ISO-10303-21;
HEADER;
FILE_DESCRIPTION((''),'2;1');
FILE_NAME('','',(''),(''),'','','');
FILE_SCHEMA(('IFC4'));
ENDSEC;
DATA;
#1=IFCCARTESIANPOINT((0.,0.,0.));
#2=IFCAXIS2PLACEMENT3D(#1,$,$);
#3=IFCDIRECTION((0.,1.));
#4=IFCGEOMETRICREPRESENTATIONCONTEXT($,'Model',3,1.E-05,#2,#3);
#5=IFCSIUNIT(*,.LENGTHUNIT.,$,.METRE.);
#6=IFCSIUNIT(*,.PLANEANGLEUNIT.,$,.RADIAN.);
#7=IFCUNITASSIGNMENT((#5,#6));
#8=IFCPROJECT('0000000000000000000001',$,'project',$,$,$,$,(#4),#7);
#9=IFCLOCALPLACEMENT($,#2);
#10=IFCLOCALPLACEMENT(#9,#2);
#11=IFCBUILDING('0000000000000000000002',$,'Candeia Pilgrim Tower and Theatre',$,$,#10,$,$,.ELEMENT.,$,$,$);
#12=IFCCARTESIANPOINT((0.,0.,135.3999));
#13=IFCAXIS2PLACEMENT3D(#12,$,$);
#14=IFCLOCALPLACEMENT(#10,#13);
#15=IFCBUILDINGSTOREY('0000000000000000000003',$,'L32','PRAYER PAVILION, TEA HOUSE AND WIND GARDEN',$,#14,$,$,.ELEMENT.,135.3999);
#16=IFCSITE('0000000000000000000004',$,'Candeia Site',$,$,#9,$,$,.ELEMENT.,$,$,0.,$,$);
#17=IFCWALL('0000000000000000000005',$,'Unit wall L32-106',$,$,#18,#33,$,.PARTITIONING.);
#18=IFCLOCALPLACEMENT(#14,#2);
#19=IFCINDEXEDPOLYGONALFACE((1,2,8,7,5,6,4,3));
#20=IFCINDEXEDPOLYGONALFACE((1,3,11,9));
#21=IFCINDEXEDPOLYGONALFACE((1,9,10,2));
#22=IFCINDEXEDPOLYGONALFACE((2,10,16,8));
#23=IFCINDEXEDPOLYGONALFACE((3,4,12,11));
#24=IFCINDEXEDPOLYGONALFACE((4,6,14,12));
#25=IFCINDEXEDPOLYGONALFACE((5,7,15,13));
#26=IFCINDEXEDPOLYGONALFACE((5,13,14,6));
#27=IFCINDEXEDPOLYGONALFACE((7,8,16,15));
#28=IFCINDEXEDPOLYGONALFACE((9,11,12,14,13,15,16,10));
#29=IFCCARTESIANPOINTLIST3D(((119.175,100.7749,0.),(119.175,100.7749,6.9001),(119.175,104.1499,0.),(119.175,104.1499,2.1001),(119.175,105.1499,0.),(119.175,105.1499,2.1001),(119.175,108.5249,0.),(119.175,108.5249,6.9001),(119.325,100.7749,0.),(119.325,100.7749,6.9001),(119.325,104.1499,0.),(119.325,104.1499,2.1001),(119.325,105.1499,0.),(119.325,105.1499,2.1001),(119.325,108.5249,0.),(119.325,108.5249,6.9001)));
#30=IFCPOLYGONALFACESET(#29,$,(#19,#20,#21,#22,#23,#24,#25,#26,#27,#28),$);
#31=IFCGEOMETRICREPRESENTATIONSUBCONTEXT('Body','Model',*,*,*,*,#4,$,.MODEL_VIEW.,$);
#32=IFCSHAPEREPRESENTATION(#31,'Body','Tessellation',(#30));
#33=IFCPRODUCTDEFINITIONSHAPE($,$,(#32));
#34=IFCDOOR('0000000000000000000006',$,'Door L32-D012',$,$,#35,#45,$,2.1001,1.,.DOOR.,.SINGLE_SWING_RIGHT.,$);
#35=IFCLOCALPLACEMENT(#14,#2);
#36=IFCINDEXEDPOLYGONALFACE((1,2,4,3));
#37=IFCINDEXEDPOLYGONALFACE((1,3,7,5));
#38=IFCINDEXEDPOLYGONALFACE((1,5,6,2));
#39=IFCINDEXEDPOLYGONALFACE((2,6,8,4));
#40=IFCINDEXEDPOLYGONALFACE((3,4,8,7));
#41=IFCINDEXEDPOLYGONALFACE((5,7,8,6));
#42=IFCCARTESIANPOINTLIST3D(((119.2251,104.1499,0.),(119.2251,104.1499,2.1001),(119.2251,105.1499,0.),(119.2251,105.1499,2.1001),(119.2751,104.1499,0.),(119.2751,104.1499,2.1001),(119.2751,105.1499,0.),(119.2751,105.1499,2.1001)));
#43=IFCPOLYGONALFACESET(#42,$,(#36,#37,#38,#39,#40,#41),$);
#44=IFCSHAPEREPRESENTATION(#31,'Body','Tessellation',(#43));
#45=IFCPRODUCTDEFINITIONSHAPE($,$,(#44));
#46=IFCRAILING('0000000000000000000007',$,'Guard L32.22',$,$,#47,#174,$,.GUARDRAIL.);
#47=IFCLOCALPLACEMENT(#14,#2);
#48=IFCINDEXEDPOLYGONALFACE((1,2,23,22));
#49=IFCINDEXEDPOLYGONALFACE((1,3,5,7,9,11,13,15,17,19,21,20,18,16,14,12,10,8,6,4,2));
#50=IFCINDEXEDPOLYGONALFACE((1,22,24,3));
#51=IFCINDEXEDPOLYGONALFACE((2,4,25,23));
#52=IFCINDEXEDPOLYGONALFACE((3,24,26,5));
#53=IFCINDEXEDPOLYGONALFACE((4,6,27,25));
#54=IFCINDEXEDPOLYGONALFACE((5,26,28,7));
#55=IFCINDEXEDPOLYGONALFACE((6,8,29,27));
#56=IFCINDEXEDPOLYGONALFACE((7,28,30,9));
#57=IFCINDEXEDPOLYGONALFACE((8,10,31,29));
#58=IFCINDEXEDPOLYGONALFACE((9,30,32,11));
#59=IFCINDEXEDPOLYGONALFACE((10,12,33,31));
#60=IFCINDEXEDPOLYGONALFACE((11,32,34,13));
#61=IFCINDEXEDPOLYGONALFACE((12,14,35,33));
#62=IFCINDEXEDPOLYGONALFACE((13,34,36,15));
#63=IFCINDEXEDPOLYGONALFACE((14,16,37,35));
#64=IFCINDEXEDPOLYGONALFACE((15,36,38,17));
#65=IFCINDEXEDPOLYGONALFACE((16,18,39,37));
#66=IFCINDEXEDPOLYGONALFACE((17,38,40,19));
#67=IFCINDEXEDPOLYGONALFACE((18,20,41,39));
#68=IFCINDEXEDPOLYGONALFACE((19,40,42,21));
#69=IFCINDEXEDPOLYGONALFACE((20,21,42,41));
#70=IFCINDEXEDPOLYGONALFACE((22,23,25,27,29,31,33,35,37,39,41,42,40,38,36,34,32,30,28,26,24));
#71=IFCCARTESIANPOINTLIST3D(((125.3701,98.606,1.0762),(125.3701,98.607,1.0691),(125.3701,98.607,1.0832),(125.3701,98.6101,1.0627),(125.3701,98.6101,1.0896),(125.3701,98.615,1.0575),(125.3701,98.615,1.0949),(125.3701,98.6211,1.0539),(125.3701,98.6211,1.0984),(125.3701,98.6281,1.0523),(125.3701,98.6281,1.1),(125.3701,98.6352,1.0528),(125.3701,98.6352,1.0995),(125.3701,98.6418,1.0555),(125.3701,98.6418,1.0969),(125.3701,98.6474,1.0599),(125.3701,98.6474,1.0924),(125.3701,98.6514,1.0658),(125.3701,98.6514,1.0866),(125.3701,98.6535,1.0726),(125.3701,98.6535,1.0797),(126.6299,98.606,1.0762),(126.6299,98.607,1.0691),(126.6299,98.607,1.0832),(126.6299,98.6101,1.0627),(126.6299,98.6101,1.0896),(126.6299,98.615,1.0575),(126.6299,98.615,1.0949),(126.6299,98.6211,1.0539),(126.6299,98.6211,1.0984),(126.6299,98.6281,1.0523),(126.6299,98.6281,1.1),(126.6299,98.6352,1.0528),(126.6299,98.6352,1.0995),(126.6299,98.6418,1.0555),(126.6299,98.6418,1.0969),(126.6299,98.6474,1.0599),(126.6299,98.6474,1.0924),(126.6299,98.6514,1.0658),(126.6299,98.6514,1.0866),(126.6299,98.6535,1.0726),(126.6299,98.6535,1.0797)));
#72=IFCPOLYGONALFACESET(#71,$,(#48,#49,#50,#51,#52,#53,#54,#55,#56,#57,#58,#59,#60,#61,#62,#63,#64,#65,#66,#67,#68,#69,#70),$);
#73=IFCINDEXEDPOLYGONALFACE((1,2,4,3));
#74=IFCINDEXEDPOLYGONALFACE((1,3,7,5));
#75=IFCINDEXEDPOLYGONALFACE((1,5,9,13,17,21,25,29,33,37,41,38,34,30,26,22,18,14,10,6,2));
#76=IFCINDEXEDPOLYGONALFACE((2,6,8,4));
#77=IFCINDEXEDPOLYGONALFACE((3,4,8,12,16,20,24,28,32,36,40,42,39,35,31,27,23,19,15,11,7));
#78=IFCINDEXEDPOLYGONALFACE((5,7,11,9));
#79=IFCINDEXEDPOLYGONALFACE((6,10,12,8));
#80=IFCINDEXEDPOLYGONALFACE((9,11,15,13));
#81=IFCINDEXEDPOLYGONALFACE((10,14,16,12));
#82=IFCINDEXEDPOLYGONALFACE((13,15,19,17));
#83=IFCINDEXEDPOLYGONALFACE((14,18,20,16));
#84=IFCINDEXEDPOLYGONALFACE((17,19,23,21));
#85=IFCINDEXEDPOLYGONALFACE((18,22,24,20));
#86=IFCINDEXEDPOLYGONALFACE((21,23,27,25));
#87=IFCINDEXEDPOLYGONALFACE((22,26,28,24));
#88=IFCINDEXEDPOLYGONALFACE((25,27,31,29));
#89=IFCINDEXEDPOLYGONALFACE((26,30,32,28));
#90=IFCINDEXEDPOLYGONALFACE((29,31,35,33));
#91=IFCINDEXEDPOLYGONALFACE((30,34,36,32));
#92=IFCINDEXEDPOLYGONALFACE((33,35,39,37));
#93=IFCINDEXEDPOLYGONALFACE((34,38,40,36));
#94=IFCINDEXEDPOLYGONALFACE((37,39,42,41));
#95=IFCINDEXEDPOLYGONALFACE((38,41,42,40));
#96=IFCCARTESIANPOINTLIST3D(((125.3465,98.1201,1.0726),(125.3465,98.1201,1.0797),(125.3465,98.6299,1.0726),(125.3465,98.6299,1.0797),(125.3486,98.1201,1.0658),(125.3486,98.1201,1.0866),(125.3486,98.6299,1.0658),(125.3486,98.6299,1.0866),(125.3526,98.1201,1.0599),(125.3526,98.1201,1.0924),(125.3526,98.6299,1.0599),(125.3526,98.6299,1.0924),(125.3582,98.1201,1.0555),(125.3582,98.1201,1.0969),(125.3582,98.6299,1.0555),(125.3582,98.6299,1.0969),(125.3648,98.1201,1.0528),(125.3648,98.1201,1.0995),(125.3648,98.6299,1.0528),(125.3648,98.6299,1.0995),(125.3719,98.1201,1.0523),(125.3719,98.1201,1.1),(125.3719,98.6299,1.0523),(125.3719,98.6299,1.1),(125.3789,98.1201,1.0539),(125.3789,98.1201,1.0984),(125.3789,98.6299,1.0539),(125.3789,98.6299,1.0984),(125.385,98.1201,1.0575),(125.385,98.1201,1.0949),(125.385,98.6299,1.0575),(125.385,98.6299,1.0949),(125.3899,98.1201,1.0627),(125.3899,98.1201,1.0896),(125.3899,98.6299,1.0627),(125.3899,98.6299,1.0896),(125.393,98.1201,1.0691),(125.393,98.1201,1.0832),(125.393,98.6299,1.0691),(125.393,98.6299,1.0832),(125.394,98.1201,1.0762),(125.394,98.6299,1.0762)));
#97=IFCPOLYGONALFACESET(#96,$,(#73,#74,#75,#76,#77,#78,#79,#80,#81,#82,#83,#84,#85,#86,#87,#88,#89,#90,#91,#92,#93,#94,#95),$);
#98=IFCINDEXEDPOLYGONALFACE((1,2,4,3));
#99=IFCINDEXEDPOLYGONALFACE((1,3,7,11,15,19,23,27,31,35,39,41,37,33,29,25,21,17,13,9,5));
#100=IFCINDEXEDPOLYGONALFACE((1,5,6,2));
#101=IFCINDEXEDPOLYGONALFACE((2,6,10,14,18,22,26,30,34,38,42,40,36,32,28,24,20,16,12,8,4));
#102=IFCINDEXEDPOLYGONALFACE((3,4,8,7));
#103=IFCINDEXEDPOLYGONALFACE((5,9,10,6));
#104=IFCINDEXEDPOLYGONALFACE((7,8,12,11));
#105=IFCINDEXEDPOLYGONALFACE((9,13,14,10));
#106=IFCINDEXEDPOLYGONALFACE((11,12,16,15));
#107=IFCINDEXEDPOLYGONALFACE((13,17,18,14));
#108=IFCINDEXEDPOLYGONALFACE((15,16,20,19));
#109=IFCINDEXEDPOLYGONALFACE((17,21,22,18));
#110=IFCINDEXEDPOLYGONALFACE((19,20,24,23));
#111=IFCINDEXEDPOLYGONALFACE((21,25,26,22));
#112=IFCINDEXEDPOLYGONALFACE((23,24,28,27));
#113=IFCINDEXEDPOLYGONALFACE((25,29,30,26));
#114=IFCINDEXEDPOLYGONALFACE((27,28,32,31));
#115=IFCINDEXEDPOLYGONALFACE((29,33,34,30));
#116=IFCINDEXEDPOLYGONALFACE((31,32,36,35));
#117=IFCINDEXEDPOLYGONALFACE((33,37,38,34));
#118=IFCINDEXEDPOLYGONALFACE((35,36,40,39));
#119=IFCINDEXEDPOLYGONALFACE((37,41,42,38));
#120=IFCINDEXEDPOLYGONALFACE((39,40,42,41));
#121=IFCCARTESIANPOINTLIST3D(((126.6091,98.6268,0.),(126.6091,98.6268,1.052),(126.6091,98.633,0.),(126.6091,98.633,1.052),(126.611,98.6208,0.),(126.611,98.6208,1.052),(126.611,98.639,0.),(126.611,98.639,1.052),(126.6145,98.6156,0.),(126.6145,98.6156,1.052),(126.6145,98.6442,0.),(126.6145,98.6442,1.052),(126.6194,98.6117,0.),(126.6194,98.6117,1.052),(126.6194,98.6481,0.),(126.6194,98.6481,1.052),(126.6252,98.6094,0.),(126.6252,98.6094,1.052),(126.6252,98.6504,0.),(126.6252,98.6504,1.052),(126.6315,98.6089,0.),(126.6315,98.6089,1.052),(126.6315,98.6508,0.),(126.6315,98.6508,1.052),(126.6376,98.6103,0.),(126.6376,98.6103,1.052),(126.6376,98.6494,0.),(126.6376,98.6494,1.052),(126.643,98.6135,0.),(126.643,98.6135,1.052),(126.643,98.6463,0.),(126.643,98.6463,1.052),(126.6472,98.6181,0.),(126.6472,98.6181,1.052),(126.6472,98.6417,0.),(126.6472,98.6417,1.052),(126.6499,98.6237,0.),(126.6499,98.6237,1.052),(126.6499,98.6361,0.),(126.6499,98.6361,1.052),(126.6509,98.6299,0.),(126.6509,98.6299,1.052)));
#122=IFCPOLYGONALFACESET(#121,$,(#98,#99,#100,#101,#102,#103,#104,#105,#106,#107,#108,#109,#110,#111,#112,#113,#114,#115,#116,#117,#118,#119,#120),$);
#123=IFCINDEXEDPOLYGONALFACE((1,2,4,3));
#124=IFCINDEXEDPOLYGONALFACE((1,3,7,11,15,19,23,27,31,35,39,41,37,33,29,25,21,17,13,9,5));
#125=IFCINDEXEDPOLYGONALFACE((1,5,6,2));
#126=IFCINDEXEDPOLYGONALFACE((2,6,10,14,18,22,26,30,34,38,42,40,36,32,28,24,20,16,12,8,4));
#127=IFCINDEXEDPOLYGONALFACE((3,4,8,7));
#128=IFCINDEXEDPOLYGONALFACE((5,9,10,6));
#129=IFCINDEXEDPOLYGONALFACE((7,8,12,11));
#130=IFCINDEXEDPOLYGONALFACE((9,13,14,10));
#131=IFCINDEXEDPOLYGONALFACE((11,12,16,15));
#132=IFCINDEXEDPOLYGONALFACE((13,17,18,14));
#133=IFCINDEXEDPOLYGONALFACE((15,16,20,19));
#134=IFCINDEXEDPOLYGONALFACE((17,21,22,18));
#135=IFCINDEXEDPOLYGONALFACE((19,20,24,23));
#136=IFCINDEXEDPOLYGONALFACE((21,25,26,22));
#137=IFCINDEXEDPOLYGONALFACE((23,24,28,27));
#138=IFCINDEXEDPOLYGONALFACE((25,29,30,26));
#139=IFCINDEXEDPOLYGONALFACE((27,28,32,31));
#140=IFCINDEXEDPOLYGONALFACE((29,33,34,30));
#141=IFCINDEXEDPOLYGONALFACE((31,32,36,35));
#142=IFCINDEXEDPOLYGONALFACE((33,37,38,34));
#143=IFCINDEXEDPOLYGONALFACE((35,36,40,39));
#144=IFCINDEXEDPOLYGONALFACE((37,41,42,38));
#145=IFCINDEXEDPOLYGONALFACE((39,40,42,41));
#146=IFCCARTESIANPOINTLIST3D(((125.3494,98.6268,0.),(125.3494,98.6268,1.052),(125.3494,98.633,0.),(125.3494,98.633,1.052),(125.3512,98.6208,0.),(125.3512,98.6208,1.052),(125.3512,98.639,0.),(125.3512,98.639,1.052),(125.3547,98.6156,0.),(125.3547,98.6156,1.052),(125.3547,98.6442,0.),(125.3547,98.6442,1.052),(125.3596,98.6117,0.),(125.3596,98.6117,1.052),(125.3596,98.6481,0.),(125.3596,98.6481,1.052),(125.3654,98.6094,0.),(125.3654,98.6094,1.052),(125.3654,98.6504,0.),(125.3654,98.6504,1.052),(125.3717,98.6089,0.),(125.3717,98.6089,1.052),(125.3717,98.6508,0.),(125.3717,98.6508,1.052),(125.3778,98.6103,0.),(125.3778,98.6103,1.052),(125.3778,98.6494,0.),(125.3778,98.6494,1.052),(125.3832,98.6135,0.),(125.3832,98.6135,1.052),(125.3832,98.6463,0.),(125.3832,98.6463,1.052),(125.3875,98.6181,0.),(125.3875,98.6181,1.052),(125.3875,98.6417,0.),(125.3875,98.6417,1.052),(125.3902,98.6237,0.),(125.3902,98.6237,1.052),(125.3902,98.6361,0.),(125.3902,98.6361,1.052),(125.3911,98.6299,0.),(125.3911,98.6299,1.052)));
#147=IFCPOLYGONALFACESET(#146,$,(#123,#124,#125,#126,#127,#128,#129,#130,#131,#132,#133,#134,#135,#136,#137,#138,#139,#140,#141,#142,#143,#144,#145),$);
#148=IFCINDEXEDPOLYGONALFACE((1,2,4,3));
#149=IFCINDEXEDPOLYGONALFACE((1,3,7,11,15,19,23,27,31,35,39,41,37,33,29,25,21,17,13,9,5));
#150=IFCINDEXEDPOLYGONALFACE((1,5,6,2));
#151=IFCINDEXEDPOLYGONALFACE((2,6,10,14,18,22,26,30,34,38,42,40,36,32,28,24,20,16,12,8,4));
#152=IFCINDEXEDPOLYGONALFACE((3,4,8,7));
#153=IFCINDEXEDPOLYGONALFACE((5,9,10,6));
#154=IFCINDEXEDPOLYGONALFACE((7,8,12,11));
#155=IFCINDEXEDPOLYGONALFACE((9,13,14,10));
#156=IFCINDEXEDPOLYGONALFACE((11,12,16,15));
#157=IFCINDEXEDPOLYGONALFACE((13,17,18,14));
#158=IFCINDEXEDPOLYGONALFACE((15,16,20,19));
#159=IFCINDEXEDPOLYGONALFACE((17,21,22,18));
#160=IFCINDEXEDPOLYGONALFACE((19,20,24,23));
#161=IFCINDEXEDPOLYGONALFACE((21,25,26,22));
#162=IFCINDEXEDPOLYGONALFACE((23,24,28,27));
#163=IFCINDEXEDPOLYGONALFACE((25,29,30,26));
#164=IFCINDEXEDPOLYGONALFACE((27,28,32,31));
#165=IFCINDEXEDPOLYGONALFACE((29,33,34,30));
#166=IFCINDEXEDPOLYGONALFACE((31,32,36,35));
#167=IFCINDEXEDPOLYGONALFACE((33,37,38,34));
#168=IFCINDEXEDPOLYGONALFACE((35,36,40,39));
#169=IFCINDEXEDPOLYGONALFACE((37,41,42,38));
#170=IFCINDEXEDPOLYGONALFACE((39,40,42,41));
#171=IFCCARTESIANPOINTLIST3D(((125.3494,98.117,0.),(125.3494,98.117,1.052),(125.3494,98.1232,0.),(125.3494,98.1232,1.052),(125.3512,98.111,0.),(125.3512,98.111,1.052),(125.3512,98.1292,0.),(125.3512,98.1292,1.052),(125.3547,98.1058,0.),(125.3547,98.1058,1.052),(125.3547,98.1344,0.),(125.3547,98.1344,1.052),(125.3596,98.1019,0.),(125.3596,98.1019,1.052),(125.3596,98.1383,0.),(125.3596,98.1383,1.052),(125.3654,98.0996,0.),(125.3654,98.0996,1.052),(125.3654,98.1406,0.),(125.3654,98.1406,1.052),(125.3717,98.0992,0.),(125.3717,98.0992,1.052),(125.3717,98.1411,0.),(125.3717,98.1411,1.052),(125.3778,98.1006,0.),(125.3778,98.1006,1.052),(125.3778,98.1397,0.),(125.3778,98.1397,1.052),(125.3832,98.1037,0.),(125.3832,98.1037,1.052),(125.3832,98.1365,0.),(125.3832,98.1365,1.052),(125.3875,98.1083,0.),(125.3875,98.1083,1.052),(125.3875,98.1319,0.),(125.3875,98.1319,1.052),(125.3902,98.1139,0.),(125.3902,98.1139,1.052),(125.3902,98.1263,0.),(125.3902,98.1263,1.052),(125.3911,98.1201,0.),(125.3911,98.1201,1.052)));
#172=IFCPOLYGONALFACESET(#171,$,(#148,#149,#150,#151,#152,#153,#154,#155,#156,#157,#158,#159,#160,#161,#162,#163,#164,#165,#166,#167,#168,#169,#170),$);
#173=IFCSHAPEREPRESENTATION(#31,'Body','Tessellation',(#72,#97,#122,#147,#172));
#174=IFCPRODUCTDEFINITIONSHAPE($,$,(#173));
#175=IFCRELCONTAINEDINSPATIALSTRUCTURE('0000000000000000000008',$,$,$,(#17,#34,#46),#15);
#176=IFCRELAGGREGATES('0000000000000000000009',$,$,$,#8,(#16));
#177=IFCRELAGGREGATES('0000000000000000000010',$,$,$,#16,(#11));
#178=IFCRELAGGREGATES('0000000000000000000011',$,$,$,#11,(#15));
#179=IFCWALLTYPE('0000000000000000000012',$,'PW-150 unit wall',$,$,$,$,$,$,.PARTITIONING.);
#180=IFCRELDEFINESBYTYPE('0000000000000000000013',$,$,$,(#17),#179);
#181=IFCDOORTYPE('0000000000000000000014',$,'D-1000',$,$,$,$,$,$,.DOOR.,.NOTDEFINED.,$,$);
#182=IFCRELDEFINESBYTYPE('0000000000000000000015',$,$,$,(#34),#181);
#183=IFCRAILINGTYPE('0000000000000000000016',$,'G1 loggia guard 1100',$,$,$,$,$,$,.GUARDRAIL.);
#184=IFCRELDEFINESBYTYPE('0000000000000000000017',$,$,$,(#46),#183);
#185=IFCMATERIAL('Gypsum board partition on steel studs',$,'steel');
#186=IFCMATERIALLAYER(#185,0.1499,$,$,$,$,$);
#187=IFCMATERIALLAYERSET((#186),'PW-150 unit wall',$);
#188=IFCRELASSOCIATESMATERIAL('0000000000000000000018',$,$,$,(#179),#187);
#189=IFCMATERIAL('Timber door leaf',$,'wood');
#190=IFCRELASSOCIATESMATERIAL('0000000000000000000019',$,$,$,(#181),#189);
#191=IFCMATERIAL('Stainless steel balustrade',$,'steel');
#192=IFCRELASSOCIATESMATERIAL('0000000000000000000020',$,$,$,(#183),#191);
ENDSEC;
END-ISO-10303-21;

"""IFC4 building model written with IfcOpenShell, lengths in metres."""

from ifc_helpers import new_model, si_unit, direction, frame, frame_2d, origin, origin_2d, place, context, subcontext, project, spatial, rectangle, circle, extrude, material, layer, layer_set, type_object, element, fill, save


model = new_model("IFC4")

# Units and contexts
model_context = context("Model", 3, precision=1e-05, world=origin(), true_north=direction((0.0, 1.0)))
body_context = subcontext(model_context, "Body", "Model", "MODEL_VIEW")
ifc_project = project(units=[si_unit("LENGTHUNIT", "METRE"), si_unit("PLANEANGLEUNIT", "RADIAN")], contexts=[model_context])

# Site, building, storey
site_placement = place(None, origin())
site = spatial("IfcSite", under=ifc_project, at=site_placement, Name="Candeia Site", CompositionType="ELEMENT", RefElevation=0.0)
building_placement = place(site_placement, origin())
building = spatial("IfcBuilding", under=site, at=building_placement, Name="Candeia Pilgrim Tower and Theatre", CompositionType="ELEMENT")
storey_placement = place(building_placement, frame((0.0, 0.0, 135.3999)))
storey = spatial("IfcBuildingStorey", under=building, at=storey_placement, Name="L32", Description="PRAYER PAVILION, TEA HOUSE AND WIND GARDEN", CompositionType="ELEMENT", Elevation=135.3999)

# Shared definitions
ifc_material_1 = material(Name="Gypsum board partition on steel studs", Category="steel")
ifc_layer = layer(ifc_material_1, 0.1499)
ifc_layer_set = layer_set([ifc_layer], Name="PW-150 unit wall")
wall_type = type_object("IfcWallType", Name="PW-150 unit wall", PredefinedType="PARTITIONING", material=ifc_layer_set)

# Shared definitions
ifc_material_2 = material(Name="Timber door leaf", Category="wood")
door_type = type_object("IfcDoorType", Name="D-1000", OperationType="NOTDEFINED", PredefinedType="DOOR", material=ifc_material_2)

# Wall, opening, door
wall_1_placement = place(storey_placement, frame((119.25, 100.7749, 0.0), z_axis=(0.0, 0.0, 1.0), x_axis=(0.0, 1.0, 0.0)))
wall_1 = element("IfcWall", 1, at=wall_1_placement, inside=storey, type_object=wall_type, Name="Unit wall L32-106", PredefinedType="PARTITIONING", context=body_context, shape_type="SweptSolid", body=[
    extrude(rectangle(XDim=7.75, YDim=0.1499, at=frame_2d((3.875, 0.0))), origin(), (0.0, 0.0, 1.0), 6.9001),
])
opening_1_placement = place(wall_1_placement, frame((3.375, 0.0, 0.0)))
opening_1 = element("IfcOpeningElement", 2, at=opening_1_placement, cuts=wall_1, PredefinedType="OPENING", context=body_context, shape_type="SweptSolid", body=[
    extrude(rectangle(XDim=1.0, YDim=2.1001, at=frame_2d((0.5, 1.05))), frame((0.0, 0.085, 0.0), z_axis=(0.0, -1.0, 0.0), x_axis=(1.0, 0.0, 0.0)), (0.0, 0.0, 1.0), 0.1699),
])
door_1_placement = place(opening_1_placement, origin())
door_1 = element("IfcDoor", 3, at=door_1_placement, inside=storey, type_object=door_type, Name="Door L32-D012", OperationType="SINGLE_SWING_RIGHT", OverallHeight=2.1001, OverallWidth=1.0, PredefinedType="DOOR", context=body_context, shape_type="SweptSolid", body=[
    extrude(rectangle(XDim=1.0, YDim=2.1001, at=frame_2d((0.5, 1.05))), frame((0.0, 0.0249, 0.0), z_axis=(0.0, -1.0, 0.0), x_axis=(1.0, 0.0, 0.0)), (0.0, 0.0, 1.0), 0.05),
])
fill(opening_1, door_1)

# Railing
ifc_material_3 = material(Name="Stainless steel balustrade", Category="steel")
railing_type = type_object("IfcRailingType", Name="G1 loggia guard 1100", PredefinedType="GUARDRAIL", material=ifc_material_3)
railing_1_placement = place(storey_placement, frame((126.6299, 98.6299, 0.0)))
element("IfcRailing", 4, at=railing_1_placement, inside=storey, type_object=railing_type, Name="Guard L32.22", PredefinedType="GUARDRAIL", context=body_context, shape_type="SweptSolid", body=[
    extrude(circle(Radius=0.0239, at=origin_2d()), frame((0.0, 0.0, 1.0762), z_axis=(-1.0, 0.0, 0.0), x_axis=(0.0, -1.0, 0.0)), (0.0, 0.0, 1.0), 1.2598),
    extrude(circle(Radius=0.0239, at=origin_2d()), frame((-1.2598, 0.0, 1.0762), z_axis=(0.0, -1.0, 0.0), x_axis=(1.0, 0.0, 0.0)), (0.0, 0.0, 1.0), 0.5098),
    extrude(circle(Radius=0.021, at=origin_2d()), origin(), (0.0, 0.0, 1.0), 1.052),
    extrude(circle(Radius=0.021, at=origin_2d()), frame((-1.2598, 0.0, 0.0)), (0.0, 0.0, 1.0), 1.052),
    extrude(circle(Radius=0.021, at=origin_2d()), frame((-1.2598, -0.5098, 0.0)), (0.0, 0.0, 1.0), 1.052),
])

save(model, "model.ifc")
